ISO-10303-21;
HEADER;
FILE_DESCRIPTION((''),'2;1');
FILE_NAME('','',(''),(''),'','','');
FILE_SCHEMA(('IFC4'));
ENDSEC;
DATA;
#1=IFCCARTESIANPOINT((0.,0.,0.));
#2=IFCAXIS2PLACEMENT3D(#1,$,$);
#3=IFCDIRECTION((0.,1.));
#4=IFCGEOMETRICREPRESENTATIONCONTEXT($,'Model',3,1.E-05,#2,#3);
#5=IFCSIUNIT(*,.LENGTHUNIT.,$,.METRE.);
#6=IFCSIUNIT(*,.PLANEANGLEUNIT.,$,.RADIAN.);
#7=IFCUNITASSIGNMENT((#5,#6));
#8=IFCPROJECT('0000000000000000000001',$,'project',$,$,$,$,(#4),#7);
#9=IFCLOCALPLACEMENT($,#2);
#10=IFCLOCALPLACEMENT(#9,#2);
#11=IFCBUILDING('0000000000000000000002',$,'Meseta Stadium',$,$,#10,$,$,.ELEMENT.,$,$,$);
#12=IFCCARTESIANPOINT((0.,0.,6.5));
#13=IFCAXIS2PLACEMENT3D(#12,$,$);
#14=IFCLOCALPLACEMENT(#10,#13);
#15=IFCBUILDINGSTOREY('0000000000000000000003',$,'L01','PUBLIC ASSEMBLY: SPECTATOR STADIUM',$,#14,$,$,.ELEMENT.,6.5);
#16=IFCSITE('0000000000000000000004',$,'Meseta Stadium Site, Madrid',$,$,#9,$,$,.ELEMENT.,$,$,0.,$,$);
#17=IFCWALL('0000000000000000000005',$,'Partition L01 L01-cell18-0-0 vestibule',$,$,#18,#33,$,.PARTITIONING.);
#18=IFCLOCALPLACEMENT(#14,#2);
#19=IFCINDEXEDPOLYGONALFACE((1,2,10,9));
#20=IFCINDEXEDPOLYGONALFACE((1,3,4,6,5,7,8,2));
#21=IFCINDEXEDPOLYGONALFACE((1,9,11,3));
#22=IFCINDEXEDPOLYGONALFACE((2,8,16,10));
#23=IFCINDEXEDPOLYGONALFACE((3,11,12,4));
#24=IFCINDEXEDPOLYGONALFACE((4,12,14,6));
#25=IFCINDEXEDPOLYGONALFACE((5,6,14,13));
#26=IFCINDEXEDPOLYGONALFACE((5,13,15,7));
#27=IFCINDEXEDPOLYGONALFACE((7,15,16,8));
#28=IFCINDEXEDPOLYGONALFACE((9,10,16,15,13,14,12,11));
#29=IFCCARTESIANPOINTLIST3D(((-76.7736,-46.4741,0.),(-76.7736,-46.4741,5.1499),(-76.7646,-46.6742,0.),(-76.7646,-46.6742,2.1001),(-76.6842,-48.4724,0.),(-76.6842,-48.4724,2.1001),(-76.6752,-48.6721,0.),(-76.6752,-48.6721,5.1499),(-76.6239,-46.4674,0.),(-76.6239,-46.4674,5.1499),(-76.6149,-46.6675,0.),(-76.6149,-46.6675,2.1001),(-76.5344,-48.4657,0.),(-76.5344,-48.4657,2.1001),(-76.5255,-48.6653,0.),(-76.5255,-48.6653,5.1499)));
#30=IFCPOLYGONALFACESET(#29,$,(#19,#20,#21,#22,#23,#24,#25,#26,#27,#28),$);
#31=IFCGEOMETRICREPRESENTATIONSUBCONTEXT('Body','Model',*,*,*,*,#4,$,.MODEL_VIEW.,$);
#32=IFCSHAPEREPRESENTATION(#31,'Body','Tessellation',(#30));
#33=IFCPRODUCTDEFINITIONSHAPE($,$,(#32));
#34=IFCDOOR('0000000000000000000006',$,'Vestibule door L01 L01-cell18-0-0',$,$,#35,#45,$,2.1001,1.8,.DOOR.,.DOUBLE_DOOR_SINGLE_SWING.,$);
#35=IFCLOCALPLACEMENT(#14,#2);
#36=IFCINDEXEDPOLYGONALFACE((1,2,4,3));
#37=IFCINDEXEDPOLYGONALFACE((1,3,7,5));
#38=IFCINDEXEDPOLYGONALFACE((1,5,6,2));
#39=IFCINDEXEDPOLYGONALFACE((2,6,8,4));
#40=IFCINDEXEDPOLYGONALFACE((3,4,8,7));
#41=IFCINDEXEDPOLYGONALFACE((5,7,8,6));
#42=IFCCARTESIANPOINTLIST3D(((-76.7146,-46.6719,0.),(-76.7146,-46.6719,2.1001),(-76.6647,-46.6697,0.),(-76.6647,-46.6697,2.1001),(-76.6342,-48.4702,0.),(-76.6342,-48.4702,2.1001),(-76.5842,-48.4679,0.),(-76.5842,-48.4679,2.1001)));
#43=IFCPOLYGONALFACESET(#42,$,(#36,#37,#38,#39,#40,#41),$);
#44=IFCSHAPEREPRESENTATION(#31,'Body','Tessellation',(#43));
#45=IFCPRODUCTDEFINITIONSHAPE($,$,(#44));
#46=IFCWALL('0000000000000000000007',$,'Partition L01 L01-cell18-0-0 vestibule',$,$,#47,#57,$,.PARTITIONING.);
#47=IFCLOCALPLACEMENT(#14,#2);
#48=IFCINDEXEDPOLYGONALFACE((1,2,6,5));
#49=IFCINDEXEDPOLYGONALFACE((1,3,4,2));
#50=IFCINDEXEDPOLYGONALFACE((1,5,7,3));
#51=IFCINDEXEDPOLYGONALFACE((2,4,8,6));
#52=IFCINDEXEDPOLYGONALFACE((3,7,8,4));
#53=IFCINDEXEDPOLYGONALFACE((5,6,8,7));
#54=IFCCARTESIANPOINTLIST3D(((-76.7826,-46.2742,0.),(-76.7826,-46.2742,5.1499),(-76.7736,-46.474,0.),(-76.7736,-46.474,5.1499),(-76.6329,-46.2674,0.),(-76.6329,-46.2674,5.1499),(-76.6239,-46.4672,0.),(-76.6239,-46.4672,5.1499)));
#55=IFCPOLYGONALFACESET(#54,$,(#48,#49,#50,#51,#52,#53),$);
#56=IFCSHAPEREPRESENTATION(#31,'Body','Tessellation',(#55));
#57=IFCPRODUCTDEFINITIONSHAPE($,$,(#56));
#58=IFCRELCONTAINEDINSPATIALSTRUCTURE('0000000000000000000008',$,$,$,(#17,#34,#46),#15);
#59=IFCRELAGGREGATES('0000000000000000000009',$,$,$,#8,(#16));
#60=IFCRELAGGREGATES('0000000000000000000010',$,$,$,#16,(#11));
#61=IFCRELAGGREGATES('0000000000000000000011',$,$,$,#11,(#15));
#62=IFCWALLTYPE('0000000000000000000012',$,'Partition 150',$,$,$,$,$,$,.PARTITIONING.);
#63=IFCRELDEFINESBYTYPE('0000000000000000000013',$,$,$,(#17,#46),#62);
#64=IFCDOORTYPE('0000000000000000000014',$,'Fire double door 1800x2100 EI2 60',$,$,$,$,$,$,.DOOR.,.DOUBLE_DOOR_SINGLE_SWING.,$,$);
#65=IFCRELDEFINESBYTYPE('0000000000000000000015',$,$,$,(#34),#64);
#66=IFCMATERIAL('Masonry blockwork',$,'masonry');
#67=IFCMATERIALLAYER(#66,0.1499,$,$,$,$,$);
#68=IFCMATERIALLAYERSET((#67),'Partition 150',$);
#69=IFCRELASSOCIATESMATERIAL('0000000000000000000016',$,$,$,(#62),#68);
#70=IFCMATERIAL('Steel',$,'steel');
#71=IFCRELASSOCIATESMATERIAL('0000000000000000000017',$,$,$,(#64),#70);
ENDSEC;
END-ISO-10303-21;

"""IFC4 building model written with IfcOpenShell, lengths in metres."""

from ifc_helpers import new_model, si_unit, direction, frame, frame_2d, origin, place, context, subcontext, project, spatial, rectangle, extrude, material, layer, layer_set, type_object, element, fill, save


model = new_model("IFC4")

# Units and contexts
model_context = context("Model", 3, precision=1e-05, world=origin(), true_north=direction((0.0, 1.0)))
body_context = subcontext(model_context, "Body", "Model", "MODEL_VIEW")
ifc_project = project(units=[si_unit("LENGTHUNIT", "METRE"), si_unit("PLANEANGLEUNIT", "RADIAN")], contexts=[model_context])

# Site, building, storey
site_placement = place(None, origin())
site = spatial("IfcSite", under=ifc_project, at=site_placement, Name="Meseta Stadium Site, Madrid", CompositionType="ELEMENT", RefElevation=0.0)
building_placement = place(site_placement, origin())
building = spatial("IfcBuilding", under=site, at=building_placement, Name="Meseta Stadium", CompositionType="ELEMENT")
storey_placement = place(building_placement, frame((0.0, 0.0, 6.5)))
storey = spatial("IfcBuildingStorey", under=building, at=storey_placement, Name="L01", Description="PUBLIC ASSEMBLY: SPECTATOR STADIUM", CompositionType="ELEMENT", Elevation=6.5)

# Shared definitions
ifc_material_1 = material(Name="Masonry blockwork", Category="masonry")
ifc_layer_1 = layer(ifc_material_1, 0.1499)
ifc_layer_set_1 = layer_set([ifc_layer_1], Name="Partition 150")
wall_type = type_object("IfcWallType", Name="Partition 150", PredefinedType="PARTITIONING", material=ifc_layer_set_1)
ifc_material_2 = material(Name="Steel", Category="steel")
door_type = type_object("IfcDoorType", Name="Fire double door 1800x2100 EI2 60", OperationType="DOUBLE_DOOR_SINGLE_SWING", PredefinedType="DOOR", material=ifc_material_2)

# Wall, opening, door
wall_1_placement = place(storey_placement, frame((-76.6003, -48.6687, 0.0), z_axis=(0.0, 0.0, 1.0), x_axis=(-0.044718, 0.999, 0.0)))
wall_1 = element("IfcWall", 1, at=wall_1_placement, inside=storey, type_object=wall_type, Name="Partition L01 L01-cell18-0-0 vestibule", PredefinedType="PARTITIONING", context=body_context, shape_type="SweptSolid", body=[
    extrude(rectangle(XDim=2.2002, YDim=0.1499, at=frame_2d((1.1001, 0.0))), origin(), (0.0, 0.0, 1.0), 5.1499),
])
opening_1_placement = place(wall_1_placement, frame((0.2, 0.0, 0.0)))
opening_1 = element("IfcOpeningElement", 2, at=opening_1_placement, cuts=wall_1, PredefinedType="OPENING", context=body_context, shape_type="SweptSolid", body=[
    extrude(rectangle(XDim=1.8, YDim=2.1001, at=frame_2d((0.8999, 1.05))), frame((0.0, 0.085, 0.0), z_axis=(0.0, -1.0, 0.0), x_axis=(1.0, 0.0, 0.0)), (0.0, 0.0, 1.0), 0.1699),
])
door_1_placement = place(opening_1_placement, origin())
door_1 = element("IfcDoor", 3, at=door_1_placement, inside=storey, type_object=door_type, Name="Vestibule door L01 L01-cell18-0-0", OperationType="DOUBLE_DOOR_SINGLE_SWING", OverallHeight=2.1001, OverallWidth=1.8, PredefinedType="DOOR", context=body_context, shape_type="SweptSolid", body=[
    extrude(rectangle(XDim=1.8, YDim=2.1001, at=frame_2d((0.8999, 1.05))), frame((0.0, 0.0249, 0.0), z_axis=(0.0, -1.0, 0.0), x_axis=(1.0, 0.0, 0.0)), (0.0, 0.0, 1.0), 0.05),
])
fill(opening_1, door_1)

# Wall
wall_2_placement = place(storey_placement, frame((-76.6987, -46.4707, 0.0), z_axis=(0.0, 0.0, 1.0), x_axis=(-0.045186, 0.998979, 0.0)))
element("IfcWall", 4, at=wall_2_placement, inside=storey, type_object=wall_type, Name="Partition L01 L01-cell18-0-0 vestibule", PredefinedType="PARTITIONING", context=body_context, shape_type="SweptSolid", body=[
    extrude(rectangle(XDim=0.2, YDim=0.1499, at=frame_2d((0.1001, 0.0))), origin(), (0.0, 0.0, 1.0), 5.1499),
])

save(model, "model.ifc")
